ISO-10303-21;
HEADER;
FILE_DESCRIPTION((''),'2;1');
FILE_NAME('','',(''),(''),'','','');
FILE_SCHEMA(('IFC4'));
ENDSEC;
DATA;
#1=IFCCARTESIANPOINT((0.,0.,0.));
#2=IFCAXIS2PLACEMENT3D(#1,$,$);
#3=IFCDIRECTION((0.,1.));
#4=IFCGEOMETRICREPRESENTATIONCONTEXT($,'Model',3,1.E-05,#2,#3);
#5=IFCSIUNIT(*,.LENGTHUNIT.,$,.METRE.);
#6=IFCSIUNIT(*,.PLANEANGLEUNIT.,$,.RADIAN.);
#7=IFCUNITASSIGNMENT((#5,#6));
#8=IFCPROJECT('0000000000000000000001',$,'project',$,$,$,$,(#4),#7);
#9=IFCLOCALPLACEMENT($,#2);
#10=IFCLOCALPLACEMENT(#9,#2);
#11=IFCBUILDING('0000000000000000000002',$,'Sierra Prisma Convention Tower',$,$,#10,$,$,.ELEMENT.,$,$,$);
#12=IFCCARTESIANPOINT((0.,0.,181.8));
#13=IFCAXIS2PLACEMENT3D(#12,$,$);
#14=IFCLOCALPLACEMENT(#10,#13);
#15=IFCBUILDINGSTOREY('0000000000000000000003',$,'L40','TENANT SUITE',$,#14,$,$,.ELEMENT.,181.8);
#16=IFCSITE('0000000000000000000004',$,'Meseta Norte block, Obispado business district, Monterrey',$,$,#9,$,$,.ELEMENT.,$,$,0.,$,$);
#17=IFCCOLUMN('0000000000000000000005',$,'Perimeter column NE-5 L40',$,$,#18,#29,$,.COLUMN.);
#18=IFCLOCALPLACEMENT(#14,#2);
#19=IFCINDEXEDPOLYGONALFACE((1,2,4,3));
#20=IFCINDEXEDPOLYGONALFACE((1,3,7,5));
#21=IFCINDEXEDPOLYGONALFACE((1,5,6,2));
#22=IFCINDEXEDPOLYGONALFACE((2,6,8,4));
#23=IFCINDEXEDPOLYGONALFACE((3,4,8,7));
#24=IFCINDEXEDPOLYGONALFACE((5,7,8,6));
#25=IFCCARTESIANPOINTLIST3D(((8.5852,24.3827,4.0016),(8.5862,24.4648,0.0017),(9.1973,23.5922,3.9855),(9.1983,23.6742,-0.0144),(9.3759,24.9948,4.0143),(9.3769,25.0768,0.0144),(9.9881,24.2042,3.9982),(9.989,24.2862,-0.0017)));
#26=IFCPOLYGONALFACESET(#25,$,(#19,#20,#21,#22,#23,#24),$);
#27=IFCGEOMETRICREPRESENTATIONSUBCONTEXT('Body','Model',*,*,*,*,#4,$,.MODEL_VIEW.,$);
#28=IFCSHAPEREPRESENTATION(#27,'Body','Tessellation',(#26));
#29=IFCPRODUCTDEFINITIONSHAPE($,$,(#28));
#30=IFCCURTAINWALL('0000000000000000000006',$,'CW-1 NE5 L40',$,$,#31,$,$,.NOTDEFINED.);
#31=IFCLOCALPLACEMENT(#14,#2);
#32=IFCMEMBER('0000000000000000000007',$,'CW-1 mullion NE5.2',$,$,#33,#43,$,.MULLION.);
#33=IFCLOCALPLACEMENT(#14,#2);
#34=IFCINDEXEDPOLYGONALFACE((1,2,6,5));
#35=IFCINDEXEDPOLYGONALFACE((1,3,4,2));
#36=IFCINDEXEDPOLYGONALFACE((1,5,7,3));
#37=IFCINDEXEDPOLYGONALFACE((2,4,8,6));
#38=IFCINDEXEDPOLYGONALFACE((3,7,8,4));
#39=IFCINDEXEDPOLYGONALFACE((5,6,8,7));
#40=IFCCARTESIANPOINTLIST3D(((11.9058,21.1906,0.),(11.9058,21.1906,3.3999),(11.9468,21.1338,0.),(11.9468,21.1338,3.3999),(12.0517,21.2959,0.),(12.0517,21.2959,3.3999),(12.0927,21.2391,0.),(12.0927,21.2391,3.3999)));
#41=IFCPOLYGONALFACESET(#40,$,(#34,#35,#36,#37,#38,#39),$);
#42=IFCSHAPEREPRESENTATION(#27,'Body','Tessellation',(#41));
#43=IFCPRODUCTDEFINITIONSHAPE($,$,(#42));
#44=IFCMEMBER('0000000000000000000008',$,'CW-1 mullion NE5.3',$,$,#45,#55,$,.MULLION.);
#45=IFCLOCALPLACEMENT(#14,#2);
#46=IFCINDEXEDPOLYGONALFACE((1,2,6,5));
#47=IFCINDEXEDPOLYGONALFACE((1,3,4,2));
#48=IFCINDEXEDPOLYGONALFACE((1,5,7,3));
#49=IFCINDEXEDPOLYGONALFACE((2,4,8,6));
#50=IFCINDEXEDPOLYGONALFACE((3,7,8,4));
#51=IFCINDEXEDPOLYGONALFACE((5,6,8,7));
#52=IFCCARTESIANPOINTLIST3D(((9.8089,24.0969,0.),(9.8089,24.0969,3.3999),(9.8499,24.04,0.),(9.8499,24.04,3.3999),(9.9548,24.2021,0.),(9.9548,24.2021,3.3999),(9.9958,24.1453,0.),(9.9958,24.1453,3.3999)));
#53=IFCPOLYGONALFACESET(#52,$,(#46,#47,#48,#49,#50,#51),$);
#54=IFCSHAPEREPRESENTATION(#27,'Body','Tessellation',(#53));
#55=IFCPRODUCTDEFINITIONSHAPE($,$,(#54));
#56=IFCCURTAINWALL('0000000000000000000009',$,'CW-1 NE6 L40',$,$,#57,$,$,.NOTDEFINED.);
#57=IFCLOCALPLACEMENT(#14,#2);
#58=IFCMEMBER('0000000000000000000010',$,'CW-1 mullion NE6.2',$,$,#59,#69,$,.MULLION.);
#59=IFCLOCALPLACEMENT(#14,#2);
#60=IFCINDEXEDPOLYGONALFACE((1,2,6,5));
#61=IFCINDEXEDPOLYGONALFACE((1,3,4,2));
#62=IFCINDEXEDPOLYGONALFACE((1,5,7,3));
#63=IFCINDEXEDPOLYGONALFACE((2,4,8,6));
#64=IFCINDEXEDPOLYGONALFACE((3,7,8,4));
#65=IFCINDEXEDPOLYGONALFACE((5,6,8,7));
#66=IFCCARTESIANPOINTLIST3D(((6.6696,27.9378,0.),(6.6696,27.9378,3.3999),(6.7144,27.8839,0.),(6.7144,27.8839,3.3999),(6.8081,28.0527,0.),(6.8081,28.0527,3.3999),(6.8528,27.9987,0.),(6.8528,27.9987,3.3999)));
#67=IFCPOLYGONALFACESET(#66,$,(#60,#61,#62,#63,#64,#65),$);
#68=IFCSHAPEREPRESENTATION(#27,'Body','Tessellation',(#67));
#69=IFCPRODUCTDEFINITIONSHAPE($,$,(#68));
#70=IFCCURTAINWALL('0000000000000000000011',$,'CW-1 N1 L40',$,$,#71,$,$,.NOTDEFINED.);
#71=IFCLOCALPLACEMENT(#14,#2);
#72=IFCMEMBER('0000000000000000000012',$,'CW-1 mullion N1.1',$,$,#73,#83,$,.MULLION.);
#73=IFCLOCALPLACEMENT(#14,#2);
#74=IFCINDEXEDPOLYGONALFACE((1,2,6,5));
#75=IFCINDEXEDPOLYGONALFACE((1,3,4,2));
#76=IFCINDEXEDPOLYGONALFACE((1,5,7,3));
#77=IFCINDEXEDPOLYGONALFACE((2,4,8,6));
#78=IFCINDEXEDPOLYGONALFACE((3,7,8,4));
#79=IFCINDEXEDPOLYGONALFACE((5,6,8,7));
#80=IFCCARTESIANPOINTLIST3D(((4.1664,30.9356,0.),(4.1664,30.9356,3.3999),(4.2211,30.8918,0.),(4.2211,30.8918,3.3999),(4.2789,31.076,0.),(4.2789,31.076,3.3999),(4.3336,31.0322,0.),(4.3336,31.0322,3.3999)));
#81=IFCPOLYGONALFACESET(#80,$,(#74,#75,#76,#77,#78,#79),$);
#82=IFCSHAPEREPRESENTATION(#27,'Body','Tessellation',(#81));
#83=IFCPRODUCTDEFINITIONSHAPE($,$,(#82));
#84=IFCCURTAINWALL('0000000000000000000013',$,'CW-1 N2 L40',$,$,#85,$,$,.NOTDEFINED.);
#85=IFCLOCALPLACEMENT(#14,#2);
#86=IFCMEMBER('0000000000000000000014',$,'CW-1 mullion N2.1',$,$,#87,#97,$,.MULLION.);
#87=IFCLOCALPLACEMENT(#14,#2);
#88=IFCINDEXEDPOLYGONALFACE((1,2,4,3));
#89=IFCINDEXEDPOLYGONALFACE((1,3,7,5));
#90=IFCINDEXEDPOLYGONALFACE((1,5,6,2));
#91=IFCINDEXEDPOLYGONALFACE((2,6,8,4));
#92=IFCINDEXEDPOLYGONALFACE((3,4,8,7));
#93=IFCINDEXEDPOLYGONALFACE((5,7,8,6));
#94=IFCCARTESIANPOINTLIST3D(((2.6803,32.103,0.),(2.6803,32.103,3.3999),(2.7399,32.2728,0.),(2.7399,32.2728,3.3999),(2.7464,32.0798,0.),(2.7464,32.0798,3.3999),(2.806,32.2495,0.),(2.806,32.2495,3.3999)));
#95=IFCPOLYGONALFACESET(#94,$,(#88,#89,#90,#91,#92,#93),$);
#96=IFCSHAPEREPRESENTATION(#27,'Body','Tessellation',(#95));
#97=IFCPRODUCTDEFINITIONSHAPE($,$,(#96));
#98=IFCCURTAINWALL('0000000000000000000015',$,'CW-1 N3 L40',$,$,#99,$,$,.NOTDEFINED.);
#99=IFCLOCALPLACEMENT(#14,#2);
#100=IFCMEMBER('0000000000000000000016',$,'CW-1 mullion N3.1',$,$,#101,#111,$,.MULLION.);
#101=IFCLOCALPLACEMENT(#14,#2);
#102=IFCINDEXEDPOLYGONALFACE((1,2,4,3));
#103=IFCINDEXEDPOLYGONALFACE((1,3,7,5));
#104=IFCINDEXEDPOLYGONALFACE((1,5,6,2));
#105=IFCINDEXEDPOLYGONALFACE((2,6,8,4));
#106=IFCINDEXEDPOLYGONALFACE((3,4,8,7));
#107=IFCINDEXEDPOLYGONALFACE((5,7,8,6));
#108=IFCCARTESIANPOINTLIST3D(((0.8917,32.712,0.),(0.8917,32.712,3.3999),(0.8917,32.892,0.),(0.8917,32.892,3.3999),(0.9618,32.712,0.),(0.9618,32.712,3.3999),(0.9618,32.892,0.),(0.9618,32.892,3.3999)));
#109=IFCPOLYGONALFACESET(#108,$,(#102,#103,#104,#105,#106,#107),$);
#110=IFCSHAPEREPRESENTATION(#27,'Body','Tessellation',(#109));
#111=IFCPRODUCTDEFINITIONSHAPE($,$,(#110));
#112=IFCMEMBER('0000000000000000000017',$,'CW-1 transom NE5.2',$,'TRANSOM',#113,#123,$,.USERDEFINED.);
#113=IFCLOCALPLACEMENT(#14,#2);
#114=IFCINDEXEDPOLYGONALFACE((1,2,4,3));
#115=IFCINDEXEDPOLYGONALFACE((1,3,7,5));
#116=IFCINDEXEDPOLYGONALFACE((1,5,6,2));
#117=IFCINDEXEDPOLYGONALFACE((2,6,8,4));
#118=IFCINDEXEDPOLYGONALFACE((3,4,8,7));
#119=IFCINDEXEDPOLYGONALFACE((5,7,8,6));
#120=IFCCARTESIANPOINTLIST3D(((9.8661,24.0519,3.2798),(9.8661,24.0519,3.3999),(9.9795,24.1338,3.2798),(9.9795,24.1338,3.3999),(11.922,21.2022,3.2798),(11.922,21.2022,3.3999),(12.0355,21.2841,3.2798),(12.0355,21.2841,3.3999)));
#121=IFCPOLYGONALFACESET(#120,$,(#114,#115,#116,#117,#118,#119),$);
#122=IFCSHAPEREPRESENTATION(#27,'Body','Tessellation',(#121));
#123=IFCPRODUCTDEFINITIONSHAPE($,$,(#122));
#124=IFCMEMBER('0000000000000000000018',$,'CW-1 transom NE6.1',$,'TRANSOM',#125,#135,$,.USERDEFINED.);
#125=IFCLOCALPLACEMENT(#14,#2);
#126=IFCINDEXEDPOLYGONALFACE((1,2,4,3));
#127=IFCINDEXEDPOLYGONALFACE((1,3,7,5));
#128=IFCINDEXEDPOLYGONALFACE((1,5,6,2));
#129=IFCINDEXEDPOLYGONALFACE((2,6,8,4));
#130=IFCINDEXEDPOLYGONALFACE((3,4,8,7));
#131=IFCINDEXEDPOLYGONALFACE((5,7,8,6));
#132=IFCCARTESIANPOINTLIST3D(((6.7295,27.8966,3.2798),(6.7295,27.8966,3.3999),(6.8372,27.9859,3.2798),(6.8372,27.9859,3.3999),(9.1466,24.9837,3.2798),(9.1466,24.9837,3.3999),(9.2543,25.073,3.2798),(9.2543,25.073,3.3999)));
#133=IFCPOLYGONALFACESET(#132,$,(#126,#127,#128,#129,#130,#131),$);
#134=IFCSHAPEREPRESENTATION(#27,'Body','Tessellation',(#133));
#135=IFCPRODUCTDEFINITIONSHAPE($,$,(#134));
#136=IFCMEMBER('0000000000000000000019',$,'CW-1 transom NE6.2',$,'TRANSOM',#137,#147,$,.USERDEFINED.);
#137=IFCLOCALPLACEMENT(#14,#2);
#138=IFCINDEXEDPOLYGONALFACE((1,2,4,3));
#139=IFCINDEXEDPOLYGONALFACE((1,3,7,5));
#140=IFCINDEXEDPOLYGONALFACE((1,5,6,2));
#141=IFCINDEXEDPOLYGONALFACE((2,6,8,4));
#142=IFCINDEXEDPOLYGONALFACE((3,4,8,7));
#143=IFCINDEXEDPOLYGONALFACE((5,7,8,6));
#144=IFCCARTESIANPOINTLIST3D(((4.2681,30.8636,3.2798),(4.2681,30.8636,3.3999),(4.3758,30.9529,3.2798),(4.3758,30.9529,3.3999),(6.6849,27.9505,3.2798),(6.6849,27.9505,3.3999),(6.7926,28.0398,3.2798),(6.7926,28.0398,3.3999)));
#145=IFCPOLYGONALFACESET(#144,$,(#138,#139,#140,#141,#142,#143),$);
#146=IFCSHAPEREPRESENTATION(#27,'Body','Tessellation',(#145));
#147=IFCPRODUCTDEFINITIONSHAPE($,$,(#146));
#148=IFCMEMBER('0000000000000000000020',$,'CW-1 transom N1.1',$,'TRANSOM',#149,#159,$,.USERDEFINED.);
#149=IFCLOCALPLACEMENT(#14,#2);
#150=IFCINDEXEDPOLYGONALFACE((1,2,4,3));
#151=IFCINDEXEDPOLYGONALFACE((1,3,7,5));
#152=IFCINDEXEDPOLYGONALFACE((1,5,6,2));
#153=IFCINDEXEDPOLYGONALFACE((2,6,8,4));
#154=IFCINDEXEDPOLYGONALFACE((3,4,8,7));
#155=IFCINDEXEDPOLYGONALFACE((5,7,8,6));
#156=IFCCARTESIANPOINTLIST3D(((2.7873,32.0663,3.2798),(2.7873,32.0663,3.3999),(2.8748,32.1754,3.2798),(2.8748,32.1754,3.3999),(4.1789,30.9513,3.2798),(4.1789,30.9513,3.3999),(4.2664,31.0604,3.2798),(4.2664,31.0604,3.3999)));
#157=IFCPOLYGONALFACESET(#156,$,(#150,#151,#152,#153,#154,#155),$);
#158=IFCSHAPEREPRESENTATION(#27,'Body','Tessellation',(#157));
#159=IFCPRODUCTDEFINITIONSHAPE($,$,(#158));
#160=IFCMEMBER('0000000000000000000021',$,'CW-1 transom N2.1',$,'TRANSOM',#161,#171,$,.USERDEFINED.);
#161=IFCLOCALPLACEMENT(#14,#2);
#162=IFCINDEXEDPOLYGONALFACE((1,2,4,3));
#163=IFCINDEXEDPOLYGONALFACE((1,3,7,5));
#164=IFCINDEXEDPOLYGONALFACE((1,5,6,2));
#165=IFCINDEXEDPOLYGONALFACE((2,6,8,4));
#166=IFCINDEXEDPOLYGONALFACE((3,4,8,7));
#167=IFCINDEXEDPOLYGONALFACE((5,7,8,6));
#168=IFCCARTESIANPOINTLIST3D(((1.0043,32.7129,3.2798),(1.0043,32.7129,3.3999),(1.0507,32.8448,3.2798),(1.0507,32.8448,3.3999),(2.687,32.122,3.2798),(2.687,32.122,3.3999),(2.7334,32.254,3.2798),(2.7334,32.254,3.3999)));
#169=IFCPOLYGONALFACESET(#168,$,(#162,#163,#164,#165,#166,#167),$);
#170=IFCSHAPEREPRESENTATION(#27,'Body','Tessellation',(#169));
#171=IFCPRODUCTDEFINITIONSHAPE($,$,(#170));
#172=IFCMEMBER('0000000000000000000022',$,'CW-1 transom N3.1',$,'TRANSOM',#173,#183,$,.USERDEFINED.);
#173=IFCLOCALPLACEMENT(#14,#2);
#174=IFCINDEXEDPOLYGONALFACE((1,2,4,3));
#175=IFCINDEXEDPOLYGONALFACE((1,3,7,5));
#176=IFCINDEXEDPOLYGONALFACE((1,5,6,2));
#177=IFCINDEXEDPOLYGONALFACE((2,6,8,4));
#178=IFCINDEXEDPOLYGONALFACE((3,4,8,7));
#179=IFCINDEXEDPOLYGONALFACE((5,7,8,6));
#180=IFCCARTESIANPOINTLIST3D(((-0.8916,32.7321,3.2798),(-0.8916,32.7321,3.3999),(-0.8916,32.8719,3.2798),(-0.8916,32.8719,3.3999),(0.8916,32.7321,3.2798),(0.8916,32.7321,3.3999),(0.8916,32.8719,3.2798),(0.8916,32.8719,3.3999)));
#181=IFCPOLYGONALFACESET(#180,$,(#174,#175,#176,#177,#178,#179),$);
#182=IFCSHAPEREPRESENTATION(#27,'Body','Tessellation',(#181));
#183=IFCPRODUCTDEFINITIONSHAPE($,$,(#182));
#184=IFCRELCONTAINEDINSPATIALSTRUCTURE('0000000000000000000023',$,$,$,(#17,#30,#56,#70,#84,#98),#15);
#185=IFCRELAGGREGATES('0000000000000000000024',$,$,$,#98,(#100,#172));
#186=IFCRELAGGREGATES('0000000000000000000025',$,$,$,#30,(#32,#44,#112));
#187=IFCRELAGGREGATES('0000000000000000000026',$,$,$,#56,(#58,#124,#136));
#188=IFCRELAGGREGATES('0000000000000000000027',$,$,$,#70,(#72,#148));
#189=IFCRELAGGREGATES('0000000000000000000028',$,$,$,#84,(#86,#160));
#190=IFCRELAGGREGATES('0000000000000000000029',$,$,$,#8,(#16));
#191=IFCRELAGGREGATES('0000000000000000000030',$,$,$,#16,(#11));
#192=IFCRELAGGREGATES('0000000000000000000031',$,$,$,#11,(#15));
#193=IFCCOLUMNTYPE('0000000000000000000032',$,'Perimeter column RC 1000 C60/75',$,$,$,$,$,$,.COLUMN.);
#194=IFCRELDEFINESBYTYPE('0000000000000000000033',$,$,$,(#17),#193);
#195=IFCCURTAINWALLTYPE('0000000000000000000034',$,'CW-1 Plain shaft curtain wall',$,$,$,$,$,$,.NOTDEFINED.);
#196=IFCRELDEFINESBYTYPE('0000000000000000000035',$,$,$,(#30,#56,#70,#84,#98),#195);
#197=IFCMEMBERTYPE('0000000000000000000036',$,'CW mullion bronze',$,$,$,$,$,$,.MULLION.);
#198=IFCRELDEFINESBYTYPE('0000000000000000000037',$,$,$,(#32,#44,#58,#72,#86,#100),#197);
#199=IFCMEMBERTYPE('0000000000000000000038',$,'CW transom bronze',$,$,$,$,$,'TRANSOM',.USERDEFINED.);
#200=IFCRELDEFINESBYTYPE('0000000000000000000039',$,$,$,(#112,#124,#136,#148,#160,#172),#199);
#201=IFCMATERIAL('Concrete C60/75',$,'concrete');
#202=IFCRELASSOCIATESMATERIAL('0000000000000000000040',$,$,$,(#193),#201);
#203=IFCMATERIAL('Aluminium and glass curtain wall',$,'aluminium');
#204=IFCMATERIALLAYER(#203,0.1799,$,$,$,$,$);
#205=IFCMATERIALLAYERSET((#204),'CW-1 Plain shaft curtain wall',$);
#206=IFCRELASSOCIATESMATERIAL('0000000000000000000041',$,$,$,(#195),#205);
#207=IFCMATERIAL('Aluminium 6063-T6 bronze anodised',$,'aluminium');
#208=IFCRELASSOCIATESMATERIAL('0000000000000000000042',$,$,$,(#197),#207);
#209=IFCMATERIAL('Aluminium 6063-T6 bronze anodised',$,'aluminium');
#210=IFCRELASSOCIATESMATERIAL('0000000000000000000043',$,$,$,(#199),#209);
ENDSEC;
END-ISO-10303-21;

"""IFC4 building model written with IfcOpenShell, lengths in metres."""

from ifc_helpers import new_model, si_unit, direction, frame, origin, origin_2d, place, context, subcontext, project, spatial, rectangle, extrude, material, layer, layer_set, material_profile, profile_set, type_object, element, aggregate, save


model = new_model("IFC4")

# Units and contexts
model_context = context("Model", 3, precision=1e-05, world=origin(), true_north=direction((0.0, 1.0)))
body_context = subcontext(model_context, "Body", "Model", "MODEL_VIEW")
ifc_project = project(units=[si_unit("LENGTHUNIT", "METRE"), si_unit("PLANEANGLEUNIT", "RADIAN")], contexts=[model_context])

# Site, building, storey
site_placement = place(None, origin())
site = spatial("IfcSite", under=ifc_project, at=site_placement, Name="Meseta Norte block, Obispado business district, Monterrey", CompositionType="ELEMENT", RefElevation=0.0)
building_placement = place(site_placement, origin())
building = spatial("IfcBuilding", under=site, at=building_placement, Name="Sierra Prisma Convention Tower", CompositionType="ELEMENT")
storey_placement = place(building_placement, frame((0.0, 0.0, 181.8)))
storey = spatial("IfcBuildingStorey", under=building, at=storey_placement, Name="L40", Description="TENANT SUITE", CompositionType="ELEMENT", Elevation=181.8)

# Column
ifc_material_1 = material(Name="Concrete C60/75", Category="concrete")
ifc_material_profile_1 = material_profile(ifc_material_1, rectangle(XDim=1.0, YDim=1.0, at=origin_2d()), Name="Perimeter column RC 1000 C60/75")
ifc_profile_set_1 = profile_set([ifc_material_profile_1], Name="Concrete C60/75")
column_type = type_object("IfcColumnType", Name="Perimeter column RC 1000 C60/75", PredefinedType="COLUMN", material=ifc_profile_set_1)
column_placement = place(storey_placement, frame((9.2876, 24.3755, 0.0), z_axis=(-0.000244, -0.020504, 0.99979), x_axis=(-0.612161, 0.79057, 0.016063)))
element("IfcColumn", 1, at=column_placement, inside=storey, type_object=column_type, Name="Perimeter column NE-5 L40", PredefinedType="COLUMN", context=body_context, shape_type="SweptSolid", body=[
    extrude(rectangle(XDim=1.0, YDim=1.0, at=origin_2d()), origin(), (0.0, 0.0, 1.0), 4.0007),
])

# Curtain wall, members
ifc_material_2 = material(Name="Aluminium and glass curtain wall", Category="aluminium")
ifc_layer_1 = layer(ifc_material_2, 0.1799)
ifc_layer_set_1 = layer_set([ifc_layer_1], Name="CW-1 Plain shaft curtain wall")
curtain_wall_type = type_object("IfcCurtainWallType", Name="CW-1 Plain shaft curtain wall", PredefinedType="NOTDEFINED", material=ifc_layer_set_1)
curtain_wall_1_placement = place(storey_placement, origin())
curtain_wall_1 = element("IfcCurtainWall", 2, at=curtain_wall_1_placement, inside=storey, type_object=curtain_wall_type, Name="CW-1 NE5 L40", PredefinedType="NOTDEFINED")
ifc_material_3 = material(Name="Aluminium 6063-T6 bronze anodised", Category="aluminium")
ifc_material_profile_2 = material_profile(ifc_material_3, rectangle(XDim=0.1799, YDim=0.0701, at=origin_2d()), Name="ALU MULLION 70x180")
ifc_profile_set_2 = profile_set([ifc_material_profile_2], Name="Aluminium 6063-T6 bronze anodised")
member_type_1 = type_object("IfcMemberType", Name="CW mullion bronze", PredefinedType="MULLION", material=ifc_profile_set_2)
member_1_placement = place(storey_placement, frame((11.9993, 21.2148, 0.0), z_axis=(0.0, 0.0, 1.0), x_axis=(-0.810967, -0.585091, 0.0)))
member_1 = element("IfcMember", 3, at=member_1_placement, type_object=member_type_1, Name="CW-1 mullion NE5.2", PredefinedType="MULLION", context=body_context, shape_type="SweptSolid", body=[
    extrude(rectangle(XDim=0.1799, YDim=0.0701, at=origin_2d()), origin(), (0.0, 0.0, 1.0), 3.3999),
])
member_2_placement = place(storey_placement, frame((9.9023, 24.1211, 0.0), z_axis=(0.0, 0.0, 1.0), x_axis=(-0.810967, -0.585091, 0.0)))
member_2 = element("IfcMember", 4, at=member_2_placement, type_object=member_type_1, Name="CW-1 mullion NE5.3", PredefinedType="MULLION", context=body_context, shape_type="SweptSolid", body=[
    extrude(rectangle(XDim=0.1799, YDim=0.0701, at=origin_2d()), origin(), (0.0, 0.0, 1.0), 3.3999),
])

# Curtain walls, members
curtain_wall_2_placement = place(storey_placement, origin())
curtain_wall_2 = element("IfcCurtainWall", 5, at=curtain_wall_2_placement, inside=storey, type_object=curtain_wall_type, Name="CW-1 NE6 L40", PredefinedType="NOTDEFINED")
member_3_placement = place(storey_placement, frame((6.7612, 27.9683, 0.0), z_axis=(0.0, 0.0, 1.0), x_axis=(-0.769596, -0.638531, 0.0)))
member_3 = element("IfcMember", 6, at=member_3_placement, type_object=member_type_1, Name="CW-1 mullion NE6.2", PredefinedType="MULLION", context=body_context, shape_type="SweptSolid", body=[
    extrude(rectangle(XDim=0.1799, YDim=0.0701, at=origin_2d()), origin(), (0.0, 0.0, 1.0), 3.3999),
])
curtain_wall_3_placement = place(storey_placement, origin())
curtain_wall_3 = element("IfcCurtainWall", 7, at=curtain_wall_3_placement, inside=storey, type_object=curtain_wall_type, Name="CW-1 N1 L40", PredefinedType="NOTDEFINED")
member_4_placement = place(storey_placement, frame((4.25, 30.9839, 0.0), z_axis=(0.0, 0.0, 1.0), x_axis=(-0.625309, -0.780377, 0.0)))
member_4 = element("IfcMember", 8, at=member_4_placement, type_object=member_type_1, Name="CW-1 mullion N1.1", PredefinedType="MULLION", context=body_context, shape_type="SweptSolid", body=[
    extrude(rectangle(XDim=0.1799, YDim=0.0701, at=origin_2d()), origin(), (0.0, 0.0, 1.0), 3.3999),
])
curtain_wall_4_placement = place(storey_placement, origin())
curtain_wall_4 = element("IfcCurtainWall", 9, at=curtain_wall_4_placement, inside=storey, type_object=curtain_wall_type, Name="CW-1 N2 L40", PredefinedType="NOTDEFINED")
member_5_placement = place(storey_placement, frame((2.7432, 32.1763, 0.0), z_axis=(0.0, 0.0, 1.0), x_axis=(-0.331378, -0.943498, 0.0)))
member_5 = element("IfcMember", 10, at=member_5_placement, type_object=member_type_1, Name="CW-1 mullion N2.1", PredefinedType="MULLION", context=body_context, shape_type="SweptSolid", body=[
    extrude(rectangle(XDim=0.1799, YDim=0.0701, at=origin_2d()), origin(), (0.0, 0.0, 1.0), 3.3999),
])
curtain_wall_5_placement = place(storey_placement, origin())
curtain_wall_5 = element("IfcCurtainWall", 11, at=curtain_wall_5_placement, inside=storey, type_object=curtain_wall_type, Name="CW-1 N3 L40", PredefinedType="NOTDEFINED")
member_6_placement = place(storey_placement, frame((0.9268, 32.802, 0.0), z_axis=(0.0, 0.0, 1.0), x_axis=(0.0, -1.0, 0.0)))
member_6 = element("IfcMember", 12, at=member_6_placement, type_object=member_type_1, Name="CW-1 mullion N3.1", PredefinedType="MULLION", context=body_context, shape_type="SweptSolid", body=[
    extrude(rectangle(XDim=0.1799, YDim=0.0701, at=origin_2d()), origin(), (0.0, 0.0, 1.0), 3.3999),
])

# Members
ifc_material_4 = material(Name="Aluminium 6063-T6 bronze anodised", Category="aluminium")
ifc_material_profile_3 = material_profile(ifc_material_4, rectangle(XDim=0.1399, YDim=0.1201, at=origin_2d()), Name="ALU TRANSOM 120x140")
ifc_profile_set_3 = profile_set([ifc_material_profile_3], Name="Aluminium 6063-T6 bronze anodised")
member_type_2 = type_object("IfcMemberType", Name="CW transom bronze", ElementType="TRANSOM", PredefinedType="USERDEFINED", material=ifc_profile_set_3)
member_7_placement = place(storey_placement, frame((11.9788, 21.2432, 3.3398), z_axis=(-0.58509, 0.810969, 0.0), x_axis=(-0.810969, -0.58509, 0.0)))
member_7 = element("IfcMember", 13, at=member_7_placement, type_object=member_type_2, Name="CW-1 transom NE5.2", ObjectType="TRANSOM", PredefinedType="USERDEFINED", context=body_context, shape_type="SweptSolid", body=[
    extrude(rectangle(XDim=0.1399, YDim=0.1201, at=origin_2d()), origin(), (0.0, 0.0, 1.0), 3.5139),
])
member_8_placement = place(storey_placement, frame((9.2004, 25.0283, 3.3398), z_axis=(-0.638565, 0.769568, 0.0), x_axis=(-0.769568, -0.638565, 0.0)))
member_8 = element("IfcMember", 14, at=member_8_placement, type_object=member_type_2, Name="CW-1 transom NE6.1", ObjectType="TRANSOM", PredefinedType="USERDEFINED", context=body_context, shape_type="SweptSolid", body=[
    extrude(rectangle(XDim=0.1399, YDim=0.1201, at=origin_2d()), origin(), (0.0, 0.0, 1.0), 3.7852),
])
member_9_placement = place(storey_placement, frame((6.7388, 27.9951, 3.3398), z_axis=(-0.638495, 0.769626, 0.0), x_axis=(-0.769626, -0.638495, 0.0)))
member_9 = element("IfcMember", 15, at=member_9_placement, type_object=member_type_2, Name="CW-1 transom NE6.2", ObjectType="TRANSOM", PredefinedType="USERDEFINED", context=body_context, shape_type="SweptSolid", body=[
    extrude(rectangle(XDim=0.1399, YDim=0.1201, at=origin_2d()), origin(), (0.0, 0.0, 1.0), 3.7852),
])
member_10_placement = place(storey_placement, frame((4.2227, 31.0059, 3.3398), z_axis=(-0.780401, 0.625279, 0.0), x_axis=(-0.625279, -0.780401, 0.0)))
member_10 = element("IfcMember", 16, at=member_10_placement, type_object=member_type_2, Name="CW-1 transom N1.1", ObjectType="TRANSOM", PredefinedType="USERDEFINED", context=body_context, shape_type="SweptSolid", body=[
    extrude(rectangle(XDim=0.1399, YDim=0.1201, at=origin_2d()), origin(), (0.0, 0.0, 1.0), 1.7832),
])
member_11_placement = place(storey_placement, frame((2.7102, 32.188, 3.3398), z_axis=(-0.943525, 0.331302, 0.0), x_axis=(-0.331302, -0.943525, 0.0)))
member_11 = element("IfcMember", 17, at=member_11_placement, type_object=member_type_2, Name="CW-1 transom N2.1", ObjectType="TRANSOM", PredefinedType="USERDEFINED", context=body_context, shape_type="SweptSolid", body=[
    extrude(rectangle(XDim=0.1399, YDim=0.1201, at=origin_2d()), origin(), (0.0, 0.0, 1.0), 1.7834),
])
member_12_placement = place(storey_placement, frame((0.8916, 32.802, 3.3398), z_axis=(-1.0, 0.0, 0.0), x_axis=(0.0, -1.0, 0.0)))
member_12 = element("IfcMember", 18, at=member_12_placement, type_object=member_type_2, Name="CW-1 transom N3.1", ObjectType="TRANSOM", PredefinedType="USERDEFINED", context=body_context, shape_type="SweptSolid", body=[
    extrude(rectangle(XDim=0.1399, YDim=0.1201, at=origin_2d()), origin(), (0.0, 0.0, 1.0), 1.7832),
])
aggregate(curtain_wall_5, [member_6, member_12])

aggregate(curtain_wall_1, [member_1, member_2, member_7])
aggregate(curtain_wall_2, [member_3, member_8, member_9])
aggregate(curtain_wall_3, [member_4, member_10])
aggregate(curtain_wall_4, [member_5, member_11])

save(model, "model.ifc")
